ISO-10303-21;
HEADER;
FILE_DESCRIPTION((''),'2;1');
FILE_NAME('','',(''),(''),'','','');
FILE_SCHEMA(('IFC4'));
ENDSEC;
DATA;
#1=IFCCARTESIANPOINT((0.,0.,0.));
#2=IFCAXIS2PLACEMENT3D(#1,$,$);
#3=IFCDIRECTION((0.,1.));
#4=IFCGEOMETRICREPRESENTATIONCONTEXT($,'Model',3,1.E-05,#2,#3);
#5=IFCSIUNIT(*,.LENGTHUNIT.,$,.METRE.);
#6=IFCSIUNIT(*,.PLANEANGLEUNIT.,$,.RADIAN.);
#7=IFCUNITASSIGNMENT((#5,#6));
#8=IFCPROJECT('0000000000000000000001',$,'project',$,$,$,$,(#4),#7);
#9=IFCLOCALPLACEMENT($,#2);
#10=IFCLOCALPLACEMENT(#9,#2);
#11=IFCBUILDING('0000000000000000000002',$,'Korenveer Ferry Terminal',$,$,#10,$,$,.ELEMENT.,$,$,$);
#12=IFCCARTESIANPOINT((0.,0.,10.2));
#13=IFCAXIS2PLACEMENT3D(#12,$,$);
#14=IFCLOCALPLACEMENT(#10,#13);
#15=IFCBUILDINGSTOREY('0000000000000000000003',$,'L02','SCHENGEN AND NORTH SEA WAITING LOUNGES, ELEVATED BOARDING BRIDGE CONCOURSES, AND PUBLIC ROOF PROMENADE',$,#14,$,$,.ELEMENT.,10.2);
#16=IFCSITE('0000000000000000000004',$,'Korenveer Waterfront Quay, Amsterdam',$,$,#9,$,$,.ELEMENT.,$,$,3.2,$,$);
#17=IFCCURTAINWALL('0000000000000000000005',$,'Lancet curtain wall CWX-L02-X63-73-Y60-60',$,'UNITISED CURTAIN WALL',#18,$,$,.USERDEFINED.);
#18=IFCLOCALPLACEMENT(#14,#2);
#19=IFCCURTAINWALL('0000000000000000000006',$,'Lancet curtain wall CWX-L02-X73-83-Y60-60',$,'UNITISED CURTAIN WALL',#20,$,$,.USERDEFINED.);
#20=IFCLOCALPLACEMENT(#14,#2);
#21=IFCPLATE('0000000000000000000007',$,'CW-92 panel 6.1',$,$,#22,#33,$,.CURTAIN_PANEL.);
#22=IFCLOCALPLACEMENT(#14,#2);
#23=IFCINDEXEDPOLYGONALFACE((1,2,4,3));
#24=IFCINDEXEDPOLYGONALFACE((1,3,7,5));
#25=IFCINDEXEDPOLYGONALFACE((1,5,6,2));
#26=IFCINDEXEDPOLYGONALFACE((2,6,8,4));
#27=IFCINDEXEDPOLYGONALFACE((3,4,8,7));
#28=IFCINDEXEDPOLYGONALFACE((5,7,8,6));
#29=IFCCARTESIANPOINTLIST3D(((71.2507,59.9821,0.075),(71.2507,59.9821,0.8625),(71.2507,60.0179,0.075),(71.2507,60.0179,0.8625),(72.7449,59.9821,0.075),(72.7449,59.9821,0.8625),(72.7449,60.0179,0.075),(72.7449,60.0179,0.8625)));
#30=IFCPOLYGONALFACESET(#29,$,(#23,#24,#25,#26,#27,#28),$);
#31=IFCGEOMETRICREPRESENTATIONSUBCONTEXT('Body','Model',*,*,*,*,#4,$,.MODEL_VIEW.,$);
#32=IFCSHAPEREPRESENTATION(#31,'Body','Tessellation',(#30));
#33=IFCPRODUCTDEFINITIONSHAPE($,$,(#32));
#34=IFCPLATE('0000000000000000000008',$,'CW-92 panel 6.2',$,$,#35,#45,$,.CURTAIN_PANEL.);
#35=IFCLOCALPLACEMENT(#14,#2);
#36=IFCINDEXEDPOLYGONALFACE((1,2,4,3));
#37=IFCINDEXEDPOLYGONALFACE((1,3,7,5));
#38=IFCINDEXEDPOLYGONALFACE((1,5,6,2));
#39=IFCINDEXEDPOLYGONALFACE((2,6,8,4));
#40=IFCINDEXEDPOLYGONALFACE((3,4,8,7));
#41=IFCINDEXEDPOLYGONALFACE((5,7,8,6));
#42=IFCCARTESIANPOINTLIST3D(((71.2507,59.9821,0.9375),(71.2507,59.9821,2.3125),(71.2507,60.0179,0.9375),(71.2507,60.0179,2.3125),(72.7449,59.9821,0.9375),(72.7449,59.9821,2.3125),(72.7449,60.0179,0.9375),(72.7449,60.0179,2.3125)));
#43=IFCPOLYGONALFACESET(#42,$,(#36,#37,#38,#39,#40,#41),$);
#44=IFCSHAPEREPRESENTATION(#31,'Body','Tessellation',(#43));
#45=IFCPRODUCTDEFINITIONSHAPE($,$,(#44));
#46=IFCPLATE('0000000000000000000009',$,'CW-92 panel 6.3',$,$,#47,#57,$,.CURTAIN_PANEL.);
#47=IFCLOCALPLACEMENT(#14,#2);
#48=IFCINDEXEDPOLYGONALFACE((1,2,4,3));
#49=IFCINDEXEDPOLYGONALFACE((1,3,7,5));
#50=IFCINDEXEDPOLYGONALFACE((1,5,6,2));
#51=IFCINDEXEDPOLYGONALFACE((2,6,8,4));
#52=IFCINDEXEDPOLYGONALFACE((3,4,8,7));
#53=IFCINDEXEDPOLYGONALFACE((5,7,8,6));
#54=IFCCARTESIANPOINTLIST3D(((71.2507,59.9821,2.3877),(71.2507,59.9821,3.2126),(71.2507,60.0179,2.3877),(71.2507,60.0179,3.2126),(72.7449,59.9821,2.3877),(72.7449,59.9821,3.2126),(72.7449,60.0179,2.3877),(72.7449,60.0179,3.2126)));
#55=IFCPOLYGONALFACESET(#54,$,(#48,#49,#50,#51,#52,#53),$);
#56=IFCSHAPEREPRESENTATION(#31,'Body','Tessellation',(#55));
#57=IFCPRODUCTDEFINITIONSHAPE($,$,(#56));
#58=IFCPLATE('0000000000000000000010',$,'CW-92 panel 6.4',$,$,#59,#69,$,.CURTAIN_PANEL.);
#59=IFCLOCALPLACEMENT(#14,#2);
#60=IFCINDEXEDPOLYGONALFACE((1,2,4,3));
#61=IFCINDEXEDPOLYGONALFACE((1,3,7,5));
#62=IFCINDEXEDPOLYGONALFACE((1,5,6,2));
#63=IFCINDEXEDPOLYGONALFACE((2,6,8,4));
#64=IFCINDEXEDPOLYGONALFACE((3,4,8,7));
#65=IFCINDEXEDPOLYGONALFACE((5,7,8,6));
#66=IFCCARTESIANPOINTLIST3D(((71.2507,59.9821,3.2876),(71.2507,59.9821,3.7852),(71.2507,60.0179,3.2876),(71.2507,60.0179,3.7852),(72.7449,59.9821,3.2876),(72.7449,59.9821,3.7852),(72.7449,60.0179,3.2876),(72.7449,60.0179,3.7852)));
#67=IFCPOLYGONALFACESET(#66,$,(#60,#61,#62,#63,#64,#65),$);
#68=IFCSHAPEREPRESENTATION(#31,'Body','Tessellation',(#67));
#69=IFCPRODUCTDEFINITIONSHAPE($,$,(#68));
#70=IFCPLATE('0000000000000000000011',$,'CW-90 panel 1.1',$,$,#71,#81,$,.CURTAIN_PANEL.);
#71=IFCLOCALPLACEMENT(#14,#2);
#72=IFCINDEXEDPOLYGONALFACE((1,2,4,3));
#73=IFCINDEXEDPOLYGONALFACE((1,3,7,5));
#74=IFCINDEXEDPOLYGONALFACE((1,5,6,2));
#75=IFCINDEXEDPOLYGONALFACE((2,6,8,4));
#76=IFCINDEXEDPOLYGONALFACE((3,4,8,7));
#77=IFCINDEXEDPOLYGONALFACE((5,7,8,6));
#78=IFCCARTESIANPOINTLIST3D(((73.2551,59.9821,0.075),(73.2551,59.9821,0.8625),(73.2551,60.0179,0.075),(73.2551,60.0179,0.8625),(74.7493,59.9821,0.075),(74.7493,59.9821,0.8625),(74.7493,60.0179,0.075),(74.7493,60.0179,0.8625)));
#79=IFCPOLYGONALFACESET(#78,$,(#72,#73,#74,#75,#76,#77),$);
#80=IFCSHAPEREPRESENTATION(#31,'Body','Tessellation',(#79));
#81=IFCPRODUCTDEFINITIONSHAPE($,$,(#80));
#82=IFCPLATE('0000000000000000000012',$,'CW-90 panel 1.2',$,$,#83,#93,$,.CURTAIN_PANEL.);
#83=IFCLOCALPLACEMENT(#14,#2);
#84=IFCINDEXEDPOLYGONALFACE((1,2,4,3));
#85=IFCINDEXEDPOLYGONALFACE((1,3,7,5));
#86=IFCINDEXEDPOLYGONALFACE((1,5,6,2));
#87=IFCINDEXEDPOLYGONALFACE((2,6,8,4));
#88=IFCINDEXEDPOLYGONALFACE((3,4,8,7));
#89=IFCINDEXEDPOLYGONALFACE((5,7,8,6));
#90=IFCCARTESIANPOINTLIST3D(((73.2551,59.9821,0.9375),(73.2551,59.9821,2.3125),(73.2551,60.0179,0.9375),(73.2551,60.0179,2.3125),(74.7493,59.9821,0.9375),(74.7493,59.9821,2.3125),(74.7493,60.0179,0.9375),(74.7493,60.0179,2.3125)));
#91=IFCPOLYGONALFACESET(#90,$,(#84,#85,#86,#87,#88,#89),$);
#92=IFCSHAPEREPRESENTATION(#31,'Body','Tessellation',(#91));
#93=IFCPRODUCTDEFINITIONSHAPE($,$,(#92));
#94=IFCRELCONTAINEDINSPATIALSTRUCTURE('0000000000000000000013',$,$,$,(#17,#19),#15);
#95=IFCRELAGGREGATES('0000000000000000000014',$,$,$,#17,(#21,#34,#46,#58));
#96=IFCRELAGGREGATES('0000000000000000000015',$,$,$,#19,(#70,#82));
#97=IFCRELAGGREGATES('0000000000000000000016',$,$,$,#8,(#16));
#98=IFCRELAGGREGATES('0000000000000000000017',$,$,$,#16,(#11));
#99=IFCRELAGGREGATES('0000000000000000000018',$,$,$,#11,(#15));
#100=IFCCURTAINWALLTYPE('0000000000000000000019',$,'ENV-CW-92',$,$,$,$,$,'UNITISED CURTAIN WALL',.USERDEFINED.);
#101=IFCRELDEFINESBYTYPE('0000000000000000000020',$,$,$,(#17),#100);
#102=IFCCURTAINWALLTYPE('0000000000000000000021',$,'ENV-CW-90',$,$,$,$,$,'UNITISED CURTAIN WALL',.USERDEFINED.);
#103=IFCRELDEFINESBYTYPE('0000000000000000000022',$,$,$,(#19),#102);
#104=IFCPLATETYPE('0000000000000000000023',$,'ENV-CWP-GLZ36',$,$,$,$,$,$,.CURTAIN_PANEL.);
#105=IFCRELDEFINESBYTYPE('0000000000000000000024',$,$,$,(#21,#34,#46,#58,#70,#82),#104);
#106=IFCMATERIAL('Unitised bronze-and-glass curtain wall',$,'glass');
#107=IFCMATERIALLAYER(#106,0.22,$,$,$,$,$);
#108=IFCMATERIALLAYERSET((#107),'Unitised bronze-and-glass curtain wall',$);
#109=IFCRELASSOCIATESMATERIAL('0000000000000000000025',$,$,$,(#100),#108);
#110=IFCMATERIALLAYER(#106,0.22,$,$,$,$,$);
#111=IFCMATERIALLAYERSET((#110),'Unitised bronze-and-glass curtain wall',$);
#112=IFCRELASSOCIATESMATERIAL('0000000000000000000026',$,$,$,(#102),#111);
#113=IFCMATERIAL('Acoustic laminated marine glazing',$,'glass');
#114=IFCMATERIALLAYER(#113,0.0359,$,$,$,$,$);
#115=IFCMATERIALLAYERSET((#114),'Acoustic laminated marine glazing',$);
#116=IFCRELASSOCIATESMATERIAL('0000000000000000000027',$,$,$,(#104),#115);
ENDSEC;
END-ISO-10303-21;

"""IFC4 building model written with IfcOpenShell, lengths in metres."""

from ifc_helpers import new_model, si_unit, direction, frame, origin, origin_2d, place, context, subcontext, project, spatial, rectangle, extrude, material, layer, layer_set, type_object, element, aggregate, save


model = new_model("IFC4")

# Units and contexts
model_context = context("Model", 3, precision=1e-05, world=origin(), true_north=direction((0.0, 1.0)))
body_context = subcontext(model_context, "Body", "Model", "MODEL_VIEW")
ifc_project = project(units=[si_unit("LENGTHUNIT", "METRE"), si_unit("PLANEANGLEUNIT", "RADIAN")], contexts=[model_context])

# Site, building, storey
site_placement = place(None, origin())
site = spatial("IfcSite", under=ifc_project, at=site_placement, Name="Korenveer Waterfront Quay, Amsterdam", CompositionType="ELEMENT", RefElevation=3.2)
building_placement = place(site_placement, origin())
building = spatial("IfcBuilding", under=site, at=building_placement, Name="Korenveer Ferry Terminal", CompositionType="ELEMENT")
storey_placement = place(building_placement, frame((0.0, 0.0, 10.2)))
storey = spatial("IfcBuildingStorey", under=building, at=storey_placement, Name="L02", Description="SCHENGEN AND NORTH SEA WAITING LOUNGES, ELEVATED BOARDING BRIDGE CONCOURSES, AND PUBLIC ROOF PROMENADE", CompositionType="ELEMENT", Elevation=10.2)

# Shared definitions
ifc_material_1 = material(Name="Unitised bronze-and-glass curtain wall", Category="glass")
ifc_layer_1 = layer(ifc_material_1, 0.22)
ifc_layer_set_1 = layer_set([ifc_layer_1], Name="Unitised bronze-and-glass curtain wall")
curtain_wall_type_1 = type_object("IfcCurtainWallType", Name="ENV-CW-92", ElementType="UNITISED CURTAIN WALL", PredefinedType="USERDEFINED", material=ifc_layer_set_1)

# Curtain walls
curtain_wall_1_placement = place(storey_placement, frame((63.1799, 60.0, 0.0)))
curtain_wall_1 = element("IfcCurtainWall", 1, at=curtain_wall_1_placement, inside=storey, type_object=curtain_wall_type_1, Name="Lancet curtain wall CWX-L02-X63-73-Y60-60", ObjectType="UNITISED CURTAIN WALL", PredefinedType="USERDEFINED")
ifc_layer_2 = layer(ifc_material_1, 0.22)
ifc_layer_set_2 = layer_set([ifc_layer_2], Name="Unitised bronze-and-glass curtain wall")
curtain_wall_type_2 = type_object("IfcCurtainWallType", Name="ENV-CW-90", ElementType="UNITISED CURTAIN WALL", PredefinedType="USERDEFINED", material=ifc_layer_set_2)
curtain_wall_2_placement = place(storey_placement, frame((73.1799, 60.0, 0.0)))
curtain_wall_2 = element("IfcCurtainWall", 2, at=curtain_wall_2_placement, inside=storey, type_object=curtain_wall_type_2, Name="Lancet curtain wall CWX-L02-X73-83-Y60-60", ObjectType="UNITISED CURTAIN WALL", PredefinedType="USERDEFINED")

# Plates
ifc_material_2 = material(Name="Acoustic laminated marine glazing", Category="glass")
ifc_layer_3 = layer(ifc_material_2, 0.0359)
ifc_layer_set_3 = layer_set([ifc_layer_3], Name="Acoustic laminated marine glazing")
plate_type = type_object("IfcPlateType", Name="ENV-CWP-GLZ36", PredefinedType="CURTAIN_PANEL", material=ifc_layer_set_3)
plate_1_placement = place(storey_placement, frame((71.9978, 60.0, 0.075), z_axis=(0.0, 0.0, 1.0), x_axis=(1.0, 0.0, 0.0)))
plate_1 = element("IfcPlate", 3, at=plate_1_placement, type_object=plate_type, Name="CW-92 panel 6.1", PredefinedType="CURTAIN_PANEL", context=body_context, shape_type="SweptSolid", body=[
    extrude(rectangle(XDim=1.4941, YDim=0.0359, at=origin_2d()), origin(), (0.0, 0.0, 1.0), 0.7876),
])
plate_2_placement = place(storey_placement, frame((71.9978, 60.0, 0.9375), z_axis=(0.0, 0.0, 1.0), x_axis=(1.0, 0.0, 0.0)))
plate_2 = element("IfcPlate", 4, at=plate_2_placement, type_object=plate_type, Name="CW-92 panel 6.2", PredefinedType="CURTAIN_PANEL", context=body_context, shape_type="SweptSolid", body=[
    extrude(rectangle(XDim=1.4941, YDim=0.0359, at=origin_2d()), origin(), (0.0, 0.0, 1.0), 1.375),
])
plate_3_placement = place(storey_placement, frame((71.9978, 60.0, 2.3877), z_axis=(0.0, 0.0, 1.0), x_axis=(1.0, 0.0, 0.0)))
plate_3 = element("IfcPlate", 5, at=plate_3_placement, type_object=plate_type, Name="CW-92 panel 6.3", PredefinedType="CURTAIN_PANEL", context=body_context, shape_type="SweptSolid", body=[
    extrude(rectangle(XDim=1.4941, YDim=0.0359, at=origin_2d()), origin(), (0.0, 0.0, 1.0), 0.825),
])
plate_4_placement = place(storey_placement, frame((71.9978, 60.0, 3.2876), z_axis=(0.0, 0.0, 1.0), x_axis=(1.0, 0.0, 0.0)))
plate_4 = element("IfcPlate", 6, at=plate_4_placement, type_object=plate_type, Name="CW-92 panel 6.4", PredefinedType="CURTAIN_PANEL", context=body_context, shape_type="SweptSolid", body=[
    extrude(rectangle(XDim=1.4941, YDim=0.0359, at=origin_2d()), origin(), (0.0, 0.0, 1.0), 0.4976),
])
aggregate(curtain_wall_1, [plate_1, plate_2, plate_3, plate_4])
plate_5_placement = place(storey_placement, frame((74.0022, 60.0, 0.075), z_axis=(0.0, 0.0, 1.0), x_axis=(1.0, 0.0, 0.0)))
plate_5 = element("IfcPlate", 7, at=plate_5_placement, type_object=plate_type, Name="CW-90 panel 1.1", PredefinedType="CURTAIN_PANEL", context=body_context, shape_type="SweptSolid", body=[
    extrude(rectangle(XDim=1.4941, YDim=0.0359, at=origin_2d()), origin(), (0.0, 0.0, 1.0), 0.7876),
])
plate_6_placement = place(storey_placement, frame((74.0022, 60.0, 0.9375), z_axis=(0.0, 0.0, 1.0), x_axis=(1.0, 0.0, 0.0)))
plate_6 = element("IfcPlate", 8, at=plate_6_placement, type_object=plate_type, Name="CW-90 panel 1.2", PredefinedType="CURTAIN_PANEL", context=body_context, shape_type="SweptSolid", body=[
    extrude(rectangle(XDim=1.4941, YDim=0.0359, at=origin_2d()), origin(), (0.0, 0.0, 1.0), 1.375),
])
aggregate(curtain_wall_2, [plate_5, plate_6])

save(model, "model.ifc")
